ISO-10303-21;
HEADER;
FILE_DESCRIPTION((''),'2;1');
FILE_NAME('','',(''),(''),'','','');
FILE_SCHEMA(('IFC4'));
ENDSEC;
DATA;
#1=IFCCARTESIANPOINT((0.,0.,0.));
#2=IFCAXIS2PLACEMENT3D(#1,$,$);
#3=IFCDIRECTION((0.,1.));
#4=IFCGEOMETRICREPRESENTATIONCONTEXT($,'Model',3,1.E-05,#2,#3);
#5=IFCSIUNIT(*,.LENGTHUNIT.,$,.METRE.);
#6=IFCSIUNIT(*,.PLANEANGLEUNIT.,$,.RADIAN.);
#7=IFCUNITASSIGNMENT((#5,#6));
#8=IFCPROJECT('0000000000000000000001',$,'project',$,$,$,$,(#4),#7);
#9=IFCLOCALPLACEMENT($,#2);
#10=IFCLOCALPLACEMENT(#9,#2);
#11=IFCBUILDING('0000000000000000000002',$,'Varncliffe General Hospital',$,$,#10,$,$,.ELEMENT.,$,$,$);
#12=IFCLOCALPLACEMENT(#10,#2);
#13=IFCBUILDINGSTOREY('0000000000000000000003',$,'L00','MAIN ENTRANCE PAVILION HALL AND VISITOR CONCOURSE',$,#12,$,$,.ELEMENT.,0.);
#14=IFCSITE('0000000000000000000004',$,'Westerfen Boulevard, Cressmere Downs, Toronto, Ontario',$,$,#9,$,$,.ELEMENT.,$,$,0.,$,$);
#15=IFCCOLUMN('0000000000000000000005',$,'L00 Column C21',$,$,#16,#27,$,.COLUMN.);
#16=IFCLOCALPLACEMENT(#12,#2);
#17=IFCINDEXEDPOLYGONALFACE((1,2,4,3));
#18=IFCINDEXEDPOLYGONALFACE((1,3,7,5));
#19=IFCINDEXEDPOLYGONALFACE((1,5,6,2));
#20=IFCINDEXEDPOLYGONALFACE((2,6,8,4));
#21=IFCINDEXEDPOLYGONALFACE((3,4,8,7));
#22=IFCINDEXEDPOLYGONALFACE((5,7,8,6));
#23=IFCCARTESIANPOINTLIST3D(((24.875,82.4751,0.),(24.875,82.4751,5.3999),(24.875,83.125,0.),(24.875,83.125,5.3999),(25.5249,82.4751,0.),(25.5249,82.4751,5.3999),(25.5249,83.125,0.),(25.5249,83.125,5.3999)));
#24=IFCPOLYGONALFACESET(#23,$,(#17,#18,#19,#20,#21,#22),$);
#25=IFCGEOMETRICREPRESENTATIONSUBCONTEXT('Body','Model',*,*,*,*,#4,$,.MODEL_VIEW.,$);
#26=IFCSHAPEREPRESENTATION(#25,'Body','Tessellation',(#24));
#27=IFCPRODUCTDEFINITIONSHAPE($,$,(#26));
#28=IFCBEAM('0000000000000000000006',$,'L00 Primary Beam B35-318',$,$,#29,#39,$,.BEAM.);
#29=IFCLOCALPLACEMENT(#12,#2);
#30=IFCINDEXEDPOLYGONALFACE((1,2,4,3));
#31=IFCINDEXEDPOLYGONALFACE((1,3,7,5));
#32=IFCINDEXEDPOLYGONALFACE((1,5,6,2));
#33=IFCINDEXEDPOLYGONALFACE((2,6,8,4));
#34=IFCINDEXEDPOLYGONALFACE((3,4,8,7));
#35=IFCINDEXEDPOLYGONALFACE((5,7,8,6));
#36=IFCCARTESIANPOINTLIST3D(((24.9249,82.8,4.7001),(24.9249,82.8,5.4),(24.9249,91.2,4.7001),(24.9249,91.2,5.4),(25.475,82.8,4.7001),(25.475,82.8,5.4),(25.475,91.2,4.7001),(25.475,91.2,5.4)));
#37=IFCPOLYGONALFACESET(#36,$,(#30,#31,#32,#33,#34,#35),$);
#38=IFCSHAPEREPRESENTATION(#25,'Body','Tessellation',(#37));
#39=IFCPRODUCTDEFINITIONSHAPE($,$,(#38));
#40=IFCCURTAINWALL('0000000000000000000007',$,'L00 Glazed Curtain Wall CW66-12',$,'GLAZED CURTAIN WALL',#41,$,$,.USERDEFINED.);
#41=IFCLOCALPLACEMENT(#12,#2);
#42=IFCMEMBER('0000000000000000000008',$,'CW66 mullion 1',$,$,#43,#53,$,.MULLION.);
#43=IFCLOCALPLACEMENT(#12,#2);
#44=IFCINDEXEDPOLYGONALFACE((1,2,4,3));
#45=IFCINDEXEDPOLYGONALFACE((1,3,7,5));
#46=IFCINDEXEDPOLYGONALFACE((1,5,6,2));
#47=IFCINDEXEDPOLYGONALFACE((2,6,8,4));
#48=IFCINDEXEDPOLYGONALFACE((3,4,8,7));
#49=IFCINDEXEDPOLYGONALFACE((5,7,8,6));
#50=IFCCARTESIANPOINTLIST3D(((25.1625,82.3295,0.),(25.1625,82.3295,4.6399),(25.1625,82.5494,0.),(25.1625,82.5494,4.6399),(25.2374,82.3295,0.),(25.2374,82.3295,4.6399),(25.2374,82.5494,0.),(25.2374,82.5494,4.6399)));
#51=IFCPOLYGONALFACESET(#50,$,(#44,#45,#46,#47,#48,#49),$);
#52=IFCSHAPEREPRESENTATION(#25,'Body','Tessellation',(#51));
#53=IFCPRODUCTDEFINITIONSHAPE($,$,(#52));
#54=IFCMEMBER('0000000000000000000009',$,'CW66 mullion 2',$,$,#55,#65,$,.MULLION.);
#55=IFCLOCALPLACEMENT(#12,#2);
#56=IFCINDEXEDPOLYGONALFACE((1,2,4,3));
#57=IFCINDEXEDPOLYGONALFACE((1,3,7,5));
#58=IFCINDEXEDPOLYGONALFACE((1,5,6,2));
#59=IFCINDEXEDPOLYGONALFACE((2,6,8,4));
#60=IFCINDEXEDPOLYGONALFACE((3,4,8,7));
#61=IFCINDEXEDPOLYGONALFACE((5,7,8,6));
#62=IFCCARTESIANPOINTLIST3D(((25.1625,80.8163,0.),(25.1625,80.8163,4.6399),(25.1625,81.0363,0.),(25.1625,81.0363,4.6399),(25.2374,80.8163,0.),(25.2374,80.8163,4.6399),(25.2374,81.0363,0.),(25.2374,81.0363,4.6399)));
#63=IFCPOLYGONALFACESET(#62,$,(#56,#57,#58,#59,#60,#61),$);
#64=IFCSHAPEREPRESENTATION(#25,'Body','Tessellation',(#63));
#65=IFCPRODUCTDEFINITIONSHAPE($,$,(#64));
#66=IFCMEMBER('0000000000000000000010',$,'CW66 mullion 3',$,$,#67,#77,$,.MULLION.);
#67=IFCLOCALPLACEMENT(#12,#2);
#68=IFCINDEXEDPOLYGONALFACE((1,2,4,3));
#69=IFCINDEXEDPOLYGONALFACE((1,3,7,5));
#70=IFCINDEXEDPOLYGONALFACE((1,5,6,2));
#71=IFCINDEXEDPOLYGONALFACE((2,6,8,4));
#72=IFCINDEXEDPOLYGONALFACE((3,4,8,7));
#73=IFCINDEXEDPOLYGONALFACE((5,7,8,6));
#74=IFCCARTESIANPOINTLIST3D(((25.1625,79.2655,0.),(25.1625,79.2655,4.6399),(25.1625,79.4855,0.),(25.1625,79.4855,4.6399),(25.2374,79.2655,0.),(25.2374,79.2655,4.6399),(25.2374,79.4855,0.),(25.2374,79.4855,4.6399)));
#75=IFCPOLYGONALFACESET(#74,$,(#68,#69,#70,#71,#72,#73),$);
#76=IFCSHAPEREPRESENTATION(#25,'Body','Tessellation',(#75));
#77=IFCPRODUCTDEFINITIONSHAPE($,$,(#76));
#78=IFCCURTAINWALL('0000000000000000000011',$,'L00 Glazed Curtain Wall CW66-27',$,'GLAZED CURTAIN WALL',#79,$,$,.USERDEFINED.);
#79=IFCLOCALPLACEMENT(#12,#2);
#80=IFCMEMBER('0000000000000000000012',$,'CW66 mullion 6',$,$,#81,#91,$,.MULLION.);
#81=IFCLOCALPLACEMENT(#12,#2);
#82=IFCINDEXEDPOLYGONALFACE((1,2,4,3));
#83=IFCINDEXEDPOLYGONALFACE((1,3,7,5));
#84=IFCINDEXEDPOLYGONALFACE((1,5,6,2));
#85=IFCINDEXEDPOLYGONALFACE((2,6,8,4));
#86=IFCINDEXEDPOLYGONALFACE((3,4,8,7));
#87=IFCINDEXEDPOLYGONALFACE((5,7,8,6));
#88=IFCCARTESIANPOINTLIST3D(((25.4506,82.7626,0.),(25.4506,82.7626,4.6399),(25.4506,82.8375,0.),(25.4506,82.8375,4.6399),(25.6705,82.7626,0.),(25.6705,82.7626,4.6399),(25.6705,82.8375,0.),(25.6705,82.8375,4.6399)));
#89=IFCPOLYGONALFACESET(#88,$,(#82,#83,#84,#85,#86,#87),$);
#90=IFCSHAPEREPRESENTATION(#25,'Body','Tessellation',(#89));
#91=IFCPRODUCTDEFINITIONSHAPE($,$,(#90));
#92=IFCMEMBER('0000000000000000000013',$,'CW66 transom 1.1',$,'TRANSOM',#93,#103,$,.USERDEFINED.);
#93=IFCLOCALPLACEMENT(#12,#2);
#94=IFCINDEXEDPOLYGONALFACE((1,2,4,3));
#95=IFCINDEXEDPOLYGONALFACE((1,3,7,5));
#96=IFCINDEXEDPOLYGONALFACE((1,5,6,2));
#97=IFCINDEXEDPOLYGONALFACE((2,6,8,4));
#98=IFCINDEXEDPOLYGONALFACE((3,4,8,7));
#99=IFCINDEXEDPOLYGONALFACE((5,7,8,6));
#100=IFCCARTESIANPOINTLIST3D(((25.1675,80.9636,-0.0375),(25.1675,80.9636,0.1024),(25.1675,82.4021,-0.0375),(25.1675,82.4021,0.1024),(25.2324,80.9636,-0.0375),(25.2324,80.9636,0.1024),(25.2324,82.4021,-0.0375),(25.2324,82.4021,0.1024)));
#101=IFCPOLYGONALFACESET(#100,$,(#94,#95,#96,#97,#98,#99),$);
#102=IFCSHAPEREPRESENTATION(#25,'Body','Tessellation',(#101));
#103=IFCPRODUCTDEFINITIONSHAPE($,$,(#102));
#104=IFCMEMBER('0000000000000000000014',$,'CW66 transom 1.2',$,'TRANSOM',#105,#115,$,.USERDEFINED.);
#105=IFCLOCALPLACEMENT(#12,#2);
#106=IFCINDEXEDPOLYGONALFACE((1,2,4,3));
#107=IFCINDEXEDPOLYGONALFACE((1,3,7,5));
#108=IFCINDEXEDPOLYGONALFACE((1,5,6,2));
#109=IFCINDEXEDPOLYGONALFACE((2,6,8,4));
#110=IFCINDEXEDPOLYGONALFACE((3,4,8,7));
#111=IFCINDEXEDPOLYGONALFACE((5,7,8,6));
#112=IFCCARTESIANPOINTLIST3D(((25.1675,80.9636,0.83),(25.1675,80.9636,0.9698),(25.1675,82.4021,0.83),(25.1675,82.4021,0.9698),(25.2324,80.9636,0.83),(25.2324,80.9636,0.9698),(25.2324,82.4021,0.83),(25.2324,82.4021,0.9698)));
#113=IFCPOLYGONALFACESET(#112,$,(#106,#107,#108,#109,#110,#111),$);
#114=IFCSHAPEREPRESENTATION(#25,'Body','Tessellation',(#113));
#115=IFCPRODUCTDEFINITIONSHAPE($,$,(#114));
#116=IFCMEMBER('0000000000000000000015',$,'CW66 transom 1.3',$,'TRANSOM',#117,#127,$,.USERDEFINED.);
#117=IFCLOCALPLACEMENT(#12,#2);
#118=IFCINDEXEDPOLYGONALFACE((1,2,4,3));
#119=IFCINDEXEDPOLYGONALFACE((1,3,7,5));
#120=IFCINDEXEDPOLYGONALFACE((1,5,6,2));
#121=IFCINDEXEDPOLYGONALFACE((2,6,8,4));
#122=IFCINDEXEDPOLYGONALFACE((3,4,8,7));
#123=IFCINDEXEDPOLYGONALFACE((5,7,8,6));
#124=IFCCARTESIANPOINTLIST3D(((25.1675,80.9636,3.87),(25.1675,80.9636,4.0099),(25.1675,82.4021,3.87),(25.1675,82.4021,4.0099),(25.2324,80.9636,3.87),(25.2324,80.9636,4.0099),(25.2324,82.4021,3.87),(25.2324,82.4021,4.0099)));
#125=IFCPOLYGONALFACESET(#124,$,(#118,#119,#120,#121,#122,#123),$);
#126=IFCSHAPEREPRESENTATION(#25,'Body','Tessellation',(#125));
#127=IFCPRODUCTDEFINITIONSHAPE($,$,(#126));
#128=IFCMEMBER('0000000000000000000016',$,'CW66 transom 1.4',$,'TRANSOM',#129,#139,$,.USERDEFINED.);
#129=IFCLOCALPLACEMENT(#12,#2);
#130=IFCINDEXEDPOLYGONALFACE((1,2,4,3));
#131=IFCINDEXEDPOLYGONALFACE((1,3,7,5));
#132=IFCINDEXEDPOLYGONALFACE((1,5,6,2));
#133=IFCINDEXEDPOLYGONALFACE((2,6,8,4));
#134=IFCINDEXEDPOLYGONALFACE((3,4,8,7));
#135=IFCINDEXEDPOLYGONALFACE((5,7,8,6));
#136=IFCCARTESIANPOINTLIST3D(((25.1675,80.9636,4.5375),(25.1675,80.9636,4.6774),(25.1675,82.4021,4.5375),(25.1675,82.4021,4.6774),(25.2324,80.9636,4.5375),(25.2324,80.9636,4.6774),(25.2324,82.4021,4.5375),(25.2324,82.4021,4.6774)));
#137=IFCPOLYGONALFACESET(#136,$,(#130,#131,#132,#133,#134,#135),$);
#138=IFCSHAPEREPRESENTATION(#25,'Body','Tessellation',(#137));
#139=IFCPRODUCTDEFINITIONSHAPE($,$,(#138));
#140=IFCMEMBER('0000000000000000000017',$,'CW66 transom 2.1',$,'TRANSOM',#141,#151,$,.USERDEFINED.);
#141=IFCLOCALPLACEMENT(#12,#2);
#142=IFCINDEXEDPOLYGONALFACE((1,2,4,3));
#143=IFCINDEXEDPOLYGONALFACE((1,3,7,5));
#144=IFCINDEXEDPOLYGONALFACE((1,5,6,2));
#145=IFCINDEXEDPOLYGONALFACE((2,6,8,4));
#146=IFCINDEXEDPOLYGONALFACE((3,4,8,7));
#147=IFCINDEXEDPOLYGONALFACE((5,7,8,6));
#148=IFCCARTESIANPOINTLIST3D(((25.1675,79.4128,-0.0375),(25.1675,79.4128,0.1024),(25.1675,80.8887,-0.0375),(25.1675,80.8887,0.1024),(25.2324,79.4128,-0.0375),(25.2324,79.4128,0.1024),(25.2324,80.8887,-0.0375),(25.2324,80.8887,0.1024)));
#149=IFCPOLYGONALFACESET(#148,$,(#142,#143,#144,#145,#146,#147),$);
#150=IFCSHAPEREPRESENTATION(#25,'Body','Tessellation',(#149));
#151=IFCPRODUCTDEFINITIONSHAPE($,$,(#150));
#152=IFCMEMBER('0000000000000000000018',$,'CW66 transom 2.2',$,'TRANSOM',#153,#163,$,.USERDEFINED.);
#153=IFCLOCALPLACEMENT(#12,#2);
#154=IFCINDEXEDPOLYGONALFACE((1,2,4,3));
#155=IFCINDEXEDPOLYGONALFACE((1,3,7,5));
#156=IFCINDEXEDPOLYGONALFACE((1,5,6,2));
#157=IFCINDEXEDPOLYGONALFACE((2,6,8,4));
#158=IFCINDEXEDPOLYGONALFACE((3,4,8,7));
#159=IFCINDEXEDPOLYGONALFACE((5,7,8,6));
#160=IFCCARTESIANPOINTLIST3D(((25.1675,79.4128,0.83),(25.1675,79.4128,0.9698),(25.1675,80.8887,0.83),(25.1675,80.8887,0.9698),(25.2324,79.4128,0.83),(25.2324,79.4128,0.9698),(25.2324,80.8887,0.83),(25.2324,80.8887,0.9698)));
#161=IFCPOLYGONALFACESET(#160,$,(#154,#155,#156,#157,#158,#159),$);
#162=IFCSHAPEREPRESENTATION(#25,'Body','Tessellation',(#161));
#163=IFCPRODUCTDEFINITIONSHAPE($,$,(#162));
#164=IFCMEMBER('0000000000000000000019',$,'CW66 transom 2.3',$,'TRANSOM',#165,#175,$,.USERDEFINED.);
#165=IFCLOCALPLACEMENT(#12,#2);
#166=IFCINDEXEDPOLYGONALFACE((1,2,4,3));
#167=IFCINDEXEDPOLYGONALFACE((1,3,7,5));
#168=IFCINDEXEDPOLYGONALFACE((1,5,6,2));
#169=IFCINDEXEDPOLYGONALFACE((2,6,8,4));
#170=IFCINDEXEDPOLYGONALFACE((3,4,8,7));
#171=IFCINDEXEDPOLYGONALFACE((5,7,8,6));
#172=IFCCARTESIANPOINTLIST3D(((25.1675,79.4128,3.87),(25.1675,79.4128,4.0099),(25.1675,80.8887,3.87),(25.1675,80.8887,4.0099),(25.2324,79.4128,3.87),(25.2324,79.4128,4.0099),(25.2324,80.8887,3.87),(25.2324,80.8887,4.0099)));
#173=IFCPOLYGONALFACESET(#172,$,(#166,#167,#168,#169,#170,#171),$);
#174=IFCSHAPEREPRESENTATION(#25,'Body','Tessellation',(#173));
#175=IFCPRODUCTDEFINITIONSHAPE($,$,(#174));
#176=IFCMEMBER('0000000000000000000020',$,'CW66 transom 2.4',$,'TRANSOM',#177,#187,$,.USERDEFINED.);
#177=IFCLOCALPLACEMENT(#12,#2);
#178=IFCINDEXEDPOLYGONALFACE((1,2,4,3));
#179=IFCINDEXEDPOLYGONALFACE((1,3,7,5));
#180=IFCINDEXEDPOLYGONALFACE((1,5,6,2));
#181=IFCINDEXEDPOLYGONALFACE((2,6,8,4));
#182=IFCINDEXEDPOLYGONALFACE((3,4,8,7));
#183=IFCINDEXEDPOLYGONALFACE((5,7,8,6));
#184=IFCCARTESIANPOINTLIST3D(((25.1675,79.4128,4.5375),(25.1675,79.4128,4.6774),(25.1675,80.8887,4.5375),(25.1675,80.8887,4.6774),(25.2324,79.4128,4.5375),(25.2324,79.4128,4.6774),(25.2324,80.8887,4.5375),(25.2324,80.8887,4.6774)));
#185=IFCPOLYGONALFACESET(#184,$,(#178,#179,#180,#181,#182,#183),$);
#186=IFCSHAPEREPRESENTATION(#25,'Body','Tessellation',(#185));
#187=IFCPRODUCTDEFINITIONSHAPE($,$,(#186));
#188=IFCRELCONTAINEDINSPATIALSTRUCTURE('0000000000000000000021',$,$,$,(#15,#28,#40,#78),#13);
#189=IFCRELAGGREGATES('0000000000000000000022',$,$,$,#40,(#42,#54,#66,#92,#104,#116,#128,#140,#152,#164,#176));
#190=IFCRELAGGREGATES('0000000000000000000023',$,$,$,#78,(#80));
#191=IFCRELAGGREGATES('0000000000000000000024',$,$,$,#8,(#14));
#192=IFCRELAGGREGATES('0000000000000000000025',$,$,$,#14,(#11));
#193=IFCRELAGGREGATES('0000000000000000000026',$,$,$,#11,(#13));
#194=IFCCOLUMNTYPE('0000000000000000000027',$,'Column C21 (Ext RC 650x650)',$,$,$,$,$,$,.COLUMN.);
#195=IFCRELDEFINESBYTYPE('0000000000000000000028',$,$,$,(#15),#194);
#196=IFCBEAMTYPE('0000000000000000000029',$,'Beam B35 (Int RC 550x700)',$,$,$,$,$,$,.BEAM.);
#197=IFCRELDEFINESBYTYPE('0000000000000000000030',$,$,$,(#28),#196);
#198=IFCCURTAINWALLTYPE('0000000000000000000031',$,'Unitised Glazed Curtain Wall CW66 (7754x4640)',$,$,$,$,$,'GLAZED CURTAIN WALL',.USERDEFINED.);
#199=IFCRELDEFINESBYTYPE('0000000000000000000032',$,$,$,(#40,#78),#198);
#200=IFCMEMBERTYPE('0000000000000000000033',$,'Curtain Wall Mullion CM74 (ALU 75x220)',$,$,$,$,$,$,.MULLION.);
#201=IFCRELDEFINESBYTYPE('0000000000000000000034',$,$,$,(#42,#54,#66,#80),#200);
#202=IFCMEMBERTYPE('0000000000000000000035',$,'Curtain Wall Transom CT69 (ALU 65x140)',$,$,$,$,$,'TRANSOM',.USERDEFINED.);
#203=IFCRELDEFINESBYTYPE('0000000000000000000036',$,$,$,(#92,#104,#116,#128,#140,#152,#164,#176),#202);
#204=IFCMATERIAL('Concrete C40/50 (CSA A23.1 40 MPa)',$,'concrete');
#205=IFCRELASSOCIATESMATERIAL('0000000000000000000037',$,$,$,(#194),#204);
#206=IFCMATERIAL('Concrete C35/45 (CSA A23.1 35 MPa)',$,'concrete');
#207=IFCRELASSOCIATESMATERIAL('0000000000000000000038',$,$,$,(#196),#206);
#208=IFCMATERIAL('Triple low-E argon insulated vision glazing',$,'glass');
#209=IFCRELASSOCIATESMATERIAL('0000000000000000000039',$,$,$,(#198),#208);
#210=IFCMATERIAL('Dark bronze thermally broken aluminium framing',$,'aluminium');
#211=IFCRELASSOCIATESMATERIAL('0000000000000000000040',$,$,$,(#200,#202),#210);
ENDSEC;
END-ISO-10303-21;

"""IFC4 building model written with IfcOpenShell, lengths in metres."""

from ifc_helpers import new_model, si_unit, direction, frame, origin, origin_2d, place, context, subcontext, project, spatial, rectangle, extrude, material, material_profile, profile_set, type_object, element, aggregate, save


model = new_model("IFC4")

# Units and contexts
model_context = context("Model", 3, precision=1e-05, world=origin(), true_north=direction((0.0, 1.0)))
body_context = subcontext(model_context, "Body", "Model", "MODEL_VIEW")
ifc_project = project(units=[si_unit("LENGTHUNIT", "METRE"), si_unit("PLANEANGLEUNIT", "RADIAN")], contexts=[model_context])

# Site, building, storey
site_placement = place(None, origin())
site = spatial("IfcSite", under=ifc_project, at=site_placement, Name="Westerfen Boulevard, Cressmere Downs, Toronto, Ontario", CompositionType="ELEMENT", RefElevation=0.0)
building_placement = place(site_placement, origin())
building = spatial("IfcBuilding", under=site, at=building_placement, Name="Varncliffe General Hospital", CompositionType="ELEMENT")
storey_placement = place(building_placement, origin())
storey = spatial("IfcBuildingStorey", under=building, at=storey_placement, Name="L00", Description="MAIN ENTRANCE PAVILION HALL AND VISITOR CONCOURSE", CompositionType="ELEMENT", Elevation=0.0)

# Column
ifc_material_1 = material(Name="Concrete C40/50 (CSA A23.1 40 MPa)", Category="concrete")
ifc_material_profile_1 = material_profile(ifc_material_1, rectangle(XDim=0.6499, YDim=0.6499, at=origin_2d()), Name="RC 650x650")
ifc_profile_set_1 = profile_set([ifc_material_profile_1], Name="Concrete C40/50 (CSA A23.1 40 MPa)")
column_type = type_object("IfcColumnType", Name="Column C21 (Ext RC 650x650)", PredefinedType="COLUMN", material=ifc_profile_set_1)
column_placement = place(storey_placement, frame((25.2, 82.8, 0.0), z_axis=(0.0, 0.0, 1.0), x_axis=(1.0, 0.0, 0.0)))
element("IfcColumn", 1, at=column_placement, inside=storey, type_object=column_type, Name="L00 Column C21", PredefinedType="COLUMN", context=body_context, shape_type="SweptSolid", body=[
    extrude(rectangle(XDim=0.6499, YDim=0.6499, at=origin_2d()), origin(), (0.0, 0.0, 1.0), 5.3999),
])

# Beam
ifc_material_2 = material(Name="Concrete C35/45 (CSA A23.1 35 MPa)", Category="concrete")
ifc_material_profile_2 = material_profile(ifc_material_2, rectangle(XDim=0.55, YDim=0.7, at=origin_2d()), Name="RC 550x700")
ifc_profile_set_2 = profile_set([ifc_material_profile_2], Name="Concrete C35/45 (CSA A23.1 35 MPa)")
beam_type_1 = type_object("IfcBeamType", Name="Beam B35 (Int RC 550x700)", PredefinedType="BEAM", material=ifc_profile_set_2)
beam_1_placement = place(storey_placement, frame((25.2, 82.8, 5.05), z_axis=(0.0, 1.0, 0.0), x_axis=(-1.0, 0.0, 0.0)))
element("IfcBeam", 2, at=beam_1_placement, inside=storey, type_object=beam_type_1, Name="L00 Primary Beam B35-318", PredefinedType="BEAM", context=body_context, shape_type="SweptSolid", body=[
    extrude(rectangle(XDim=0.55, YDim=0.7, at=origin_2d()), origin(), (0.0, 0.0, 1.0), 8.3999),
])

# Curtain wall, members
ifc_material_3 = material(Name="Triple low-E argon insulated vision glazing", Category="glass")
curtain_wall_type = type_object("IfcCurtainWallType", Name="Unitised Glazed Curtain Wall CW66 (7754x4640)", ElementType="GLAZED CURTAIN WALL", PredefinedType="USERDEFINED", material=ifc_material_3)
curtain_wall_1_placement = place(storey_placement, origin())
curtain_wall_1 = element("IfcCurtainWall", 3, at=curtain_wall_1_placement, inside=storey, type_object=curtain_wall_type, Name="L00 Glazed Curtain Wall CW66-12", ObjectType="GLAZED CURTAIN WALL", PredefinedType="USERDEFINED")
ifc_material_4 = material(Name="Dark bronze thermally broken aluminium framing", Category="aluminium")
ifc_material_profile_3 = material_profile(ifc_material_4, rectangle(XDim=0.075, YDim=0.22, at=origin_2d()), Name="ALU 75x220")
ifc_profile_set_3 = profile_set([ifc_material_profile_3], Name="Dark bronze thermally broken aluminium framing")
member_type_1 = type_object("IfcMemberType", Name="Curtain Wall Mullion CM74 (ALU 75x220)", PredefinedType="MULLION", material=ifc_profile_set_3)
member_1_placement = place(storey_placement, frame((25.2, 82.4395, 0.0), z_axis=(0.0, 0.0, 1.0), x_axis=(1.0, 0.0, 0.0)))
member_1 = element("IfcMember", 4, at=member_1_placement, type_object=member_type_1, Name="CW66 mullion 1", PredefinedType="MULLION", context=body_context, shape_type="SweptSolid", body=[
    extrude(rectangle(XDim=0.075, YDim=0.22, at=origin_2d()), origin(), (0.0, 0.0, 1.0), 4.6399),
])
member_2_placement = place(storey_placement, frame((25.2, 80.9263, 0.0), z_axis=(0.0, 0.0, 1.0), x_axis=(1.0, 0.0, 0.0)))
member_2 = element("IfcMember", 5, at=member_2_placement, type_object=member_type_1, Name="CW66 mullion 2", PredefinedType="MULLION", context=body_context, shape_type="SweptSolid", body=[
    extrude(rectangle(XDim=0.075, YDim=0.22, at=origin_2d()), origin(), (0.0, 0.0, 1.0), 4.6399),
])
member_3_placement = place(storey_placement, frame((25.2, 79.3755, 0.0), z_axis=(0.0, 0.0, 1.0), x_axis=(1.0, 0.0, 0.0)))
member_3 = element("IfcMember", 6, at=member_3_placement, type_object=member_type_1, Name="CW66 mullion 3", PredefinedType="MULLION", context=body_context, shape_type="SweptSolid", body=[
    extrude(rectangle(XDim=0.075, YDim=0.22, at=origin_2d()), origin(), (0.0, 0.0, 1.0), 4.6399),
])

# Curtain wall, member
curtain_wall_2_placement = place(storey_placement, origin())
curtain_wall_2 = element("IfcCurtainWall", 7, at=curtain_wall_2_placement, inside=storey, type_object=curtain_wall_type, Name="L00 Glazed Curtain Wall CW66-27", ObjectType="GLAZED CURTAIN WALL", PredefinedType="USERDEFINED")
member_4_placement = place(storey_placement, frame((25.5605, 82.8, 0.0), z_axis=(0.0, 0.0, 1.0), x_axis=(0.0, -1.0, 0.0)))
member_4 = element("IfcMember", 8, at=member_4_placement, type_object=member_type_1, Name="CW66 mullion 6", PredefinedType="MULLION", context=body_context, shape_type="SweptSolid", body=[
    extrude(rectangle(XDim=0.075, YDim=0.22, at=origin_2d()), origin(), (0.0, 0.0, 1.0), 4.6399),
])

# Members
ifc_material_profile_4 = material_profile(ifc_material_4, rectangle(XDim=0.0649, YDim=0.1399, at=origin_2d()), Name="ALU 65x140")
ifc_profile_set_4 = profile_set([ifc_material_profile_4], Name="Dark bronze thermally broken aluminium framing")
member_type_2 = type_object("IfcMemberType", Name="Curtain Wall Transom CT69 (ALU 65x140)", ElementType="TRANSOM", PredefinedType="USERDEFINED", material=ifc_profile_set_4)
member_5_placement = place(storey_placement, frame((25.2, 82.4021, 0.0325), z_axis=(0.0, -1.0, 0.0), x_axis=(1.0, 0.0, 0.0)))
member_5 = element("IfcMember", 9, at=member_5_placement, type_object=member_type_2, Name="CW66 transom 1.1", ObjectType="TRANSOM", PredefinedType="USERDEFINED", context=body_context, shape_type="SweptSolid", body=[
    extrude(rectangle(XDim=0.0649, YDim=0.1399, at=origin_2d()), origin(), (0.0, 0.0, 1.0), 1.4385),
])
member_6_placement = place(storey_placement, frame((25.2, 82.4021, 0.8999), z_axis=(0.0, -1.0, 0.0), x_axis=(1.0, 0.0, 0.0)))
member_6 = element("IfcMember", 10, at=member_6_placement, type_object=member_type_2, Name="CW66 transom 1.2", ObjectType="TRANSOM", PredefinedType="USERDEFINED", context=body_context, shape_type="SweptSolid", body=[
    extrude(rectangle(XDim=0.0649, YDim=0.1399, at=origin_2d()), origin(), (0.0, 0.0, 1.0), 1.4385),
])
member_7_placement = place(storey_placement, frame((25.2, 82.4021, 3.9399), z_axis=(0.0, -1.0, 0.0), x_axis=(1.0, 0.0, 0.0)))
member_7 = element("IfcMember", 11, at=member_7_placement, type_object=member_type_2, Name="CW66 transom 1.3", ObjectType="TRANSOM", PredefinedType="USERDEFINED", context=body_context, shape_type="SweptSolid", body=[
    extrude(rectangle(XDim=0.0649, YDim=0.1399, at=origin_2d()), origin(), (0.0, 0.0, 1.0), 1.4385),
])
member_8_placement = place(storey_placement, frame((25.2, 82.4021, 4.6074), z_axis=(0.0, -1.0, 0.0), x_axis=(1.0, 0.0, 0.0)))
member_8 = element("IfcMember", 12, at=member_8_placement, type_object=member_type_2, Name="CW66 transom 1.4", ObjectType="TRANSOM", PredefinedType="USERDEFINED", context=body_context, shape_type="SweptSolid", body=[
    extrude(rectangle(XDim=0.0649, YDim=0.1399, at=origin_2d()), origin(), (0.0, 0.0, 1.0), 1.4385),
])
member_9_placement = place(storey_placement, frame((25.2, 80.8887, 0.0325), z_axis=(0.0, -1.0, 0.0), x_axis=(1.0, 0.0, 0.0)))
member_9 = element("IfcMember", 13, at=member_9_placement, type_object=member_type_2, Name="CW66 transom 2.1", ObjectType="TRANSOM", PredefinedType="USERDEFINED", context=body_context, shape_type="SweptSolid", body=[
    extrude(rectangle(XDim=0.0649, YDim=0.1399, at=origin_2d()), origin(), (0.0, 0.0, 1.0), 1.4758),
])
member_10_placement = place(storey_placement, frame((25.2, 80.8887, 0.8999), z_axis=(0.0, -1.0, 0.0), x_axis=(1.0, 0.0, 0.0)))
member_10 = element("IfcMember", 14, at=member_10_placement, type_object=member_type_2, Name="CW66 transom 2.2", ObjectType="TRANSOM", PredefinedType="USERDEFINED", context=body_context, shape_type="SweptSolid", body=[
    extrude(rectangle(XDim=0.0649, YDim=0.1399, at=origin_2d()), origin(), (0.0, 0.0, 1.0), 1.4758),
])
member_11_placement = place(storey_placement, frame((25.2, 80.8887, 3.9399), z_axis=(0.0, -1.0, 0.0), x_axis=(1.0, 0.0, 0.0)))
member_11 = element("IfcMember", 15, at=member_11_placement, type_object=member_type_2, Name="CW66 transom 2.3", ObjectType="TRANSOM", PredefinedType="USERDEFINED", context=body_context, shape_type="SweptSolid", body=[
    extrude(rectangle(XDim=0.0649, YDim=0.1399, at=origin_2d()), origin(), (0.0, 0.0, 1.0), 1.4758),
])
member_12_placement = place(storey_placement, frame((25.2, 80.8887, 4.6074), z_axis=(0.0, -1.0, 0.0), x_axis=(1.0, 0.0, 0.0)))
member_12 = element("IfcMember", 16, at=member_12_placement, type_object=member_type_2, Name="CW66 transom 2.4", ObjectType="TRANSOM", PredefinedType="USERDEFINED", context=body_context, shape_type="SweptSolid", body=[
    extrude(rectangle(XDim=0.0649, YDim=0.1399, at=origin_2d()), origin(), (0.0, 0.0, 1.0), 1.4758),
])

aggregate(curtain_wall_1, [member_1, member_2, member_3, member_5, member_6, member_7, member_8, member_9, member_10, member_11, member_12])
aggregate(curtain_wall_2, [member_4])

save(model, "model.ifc")
